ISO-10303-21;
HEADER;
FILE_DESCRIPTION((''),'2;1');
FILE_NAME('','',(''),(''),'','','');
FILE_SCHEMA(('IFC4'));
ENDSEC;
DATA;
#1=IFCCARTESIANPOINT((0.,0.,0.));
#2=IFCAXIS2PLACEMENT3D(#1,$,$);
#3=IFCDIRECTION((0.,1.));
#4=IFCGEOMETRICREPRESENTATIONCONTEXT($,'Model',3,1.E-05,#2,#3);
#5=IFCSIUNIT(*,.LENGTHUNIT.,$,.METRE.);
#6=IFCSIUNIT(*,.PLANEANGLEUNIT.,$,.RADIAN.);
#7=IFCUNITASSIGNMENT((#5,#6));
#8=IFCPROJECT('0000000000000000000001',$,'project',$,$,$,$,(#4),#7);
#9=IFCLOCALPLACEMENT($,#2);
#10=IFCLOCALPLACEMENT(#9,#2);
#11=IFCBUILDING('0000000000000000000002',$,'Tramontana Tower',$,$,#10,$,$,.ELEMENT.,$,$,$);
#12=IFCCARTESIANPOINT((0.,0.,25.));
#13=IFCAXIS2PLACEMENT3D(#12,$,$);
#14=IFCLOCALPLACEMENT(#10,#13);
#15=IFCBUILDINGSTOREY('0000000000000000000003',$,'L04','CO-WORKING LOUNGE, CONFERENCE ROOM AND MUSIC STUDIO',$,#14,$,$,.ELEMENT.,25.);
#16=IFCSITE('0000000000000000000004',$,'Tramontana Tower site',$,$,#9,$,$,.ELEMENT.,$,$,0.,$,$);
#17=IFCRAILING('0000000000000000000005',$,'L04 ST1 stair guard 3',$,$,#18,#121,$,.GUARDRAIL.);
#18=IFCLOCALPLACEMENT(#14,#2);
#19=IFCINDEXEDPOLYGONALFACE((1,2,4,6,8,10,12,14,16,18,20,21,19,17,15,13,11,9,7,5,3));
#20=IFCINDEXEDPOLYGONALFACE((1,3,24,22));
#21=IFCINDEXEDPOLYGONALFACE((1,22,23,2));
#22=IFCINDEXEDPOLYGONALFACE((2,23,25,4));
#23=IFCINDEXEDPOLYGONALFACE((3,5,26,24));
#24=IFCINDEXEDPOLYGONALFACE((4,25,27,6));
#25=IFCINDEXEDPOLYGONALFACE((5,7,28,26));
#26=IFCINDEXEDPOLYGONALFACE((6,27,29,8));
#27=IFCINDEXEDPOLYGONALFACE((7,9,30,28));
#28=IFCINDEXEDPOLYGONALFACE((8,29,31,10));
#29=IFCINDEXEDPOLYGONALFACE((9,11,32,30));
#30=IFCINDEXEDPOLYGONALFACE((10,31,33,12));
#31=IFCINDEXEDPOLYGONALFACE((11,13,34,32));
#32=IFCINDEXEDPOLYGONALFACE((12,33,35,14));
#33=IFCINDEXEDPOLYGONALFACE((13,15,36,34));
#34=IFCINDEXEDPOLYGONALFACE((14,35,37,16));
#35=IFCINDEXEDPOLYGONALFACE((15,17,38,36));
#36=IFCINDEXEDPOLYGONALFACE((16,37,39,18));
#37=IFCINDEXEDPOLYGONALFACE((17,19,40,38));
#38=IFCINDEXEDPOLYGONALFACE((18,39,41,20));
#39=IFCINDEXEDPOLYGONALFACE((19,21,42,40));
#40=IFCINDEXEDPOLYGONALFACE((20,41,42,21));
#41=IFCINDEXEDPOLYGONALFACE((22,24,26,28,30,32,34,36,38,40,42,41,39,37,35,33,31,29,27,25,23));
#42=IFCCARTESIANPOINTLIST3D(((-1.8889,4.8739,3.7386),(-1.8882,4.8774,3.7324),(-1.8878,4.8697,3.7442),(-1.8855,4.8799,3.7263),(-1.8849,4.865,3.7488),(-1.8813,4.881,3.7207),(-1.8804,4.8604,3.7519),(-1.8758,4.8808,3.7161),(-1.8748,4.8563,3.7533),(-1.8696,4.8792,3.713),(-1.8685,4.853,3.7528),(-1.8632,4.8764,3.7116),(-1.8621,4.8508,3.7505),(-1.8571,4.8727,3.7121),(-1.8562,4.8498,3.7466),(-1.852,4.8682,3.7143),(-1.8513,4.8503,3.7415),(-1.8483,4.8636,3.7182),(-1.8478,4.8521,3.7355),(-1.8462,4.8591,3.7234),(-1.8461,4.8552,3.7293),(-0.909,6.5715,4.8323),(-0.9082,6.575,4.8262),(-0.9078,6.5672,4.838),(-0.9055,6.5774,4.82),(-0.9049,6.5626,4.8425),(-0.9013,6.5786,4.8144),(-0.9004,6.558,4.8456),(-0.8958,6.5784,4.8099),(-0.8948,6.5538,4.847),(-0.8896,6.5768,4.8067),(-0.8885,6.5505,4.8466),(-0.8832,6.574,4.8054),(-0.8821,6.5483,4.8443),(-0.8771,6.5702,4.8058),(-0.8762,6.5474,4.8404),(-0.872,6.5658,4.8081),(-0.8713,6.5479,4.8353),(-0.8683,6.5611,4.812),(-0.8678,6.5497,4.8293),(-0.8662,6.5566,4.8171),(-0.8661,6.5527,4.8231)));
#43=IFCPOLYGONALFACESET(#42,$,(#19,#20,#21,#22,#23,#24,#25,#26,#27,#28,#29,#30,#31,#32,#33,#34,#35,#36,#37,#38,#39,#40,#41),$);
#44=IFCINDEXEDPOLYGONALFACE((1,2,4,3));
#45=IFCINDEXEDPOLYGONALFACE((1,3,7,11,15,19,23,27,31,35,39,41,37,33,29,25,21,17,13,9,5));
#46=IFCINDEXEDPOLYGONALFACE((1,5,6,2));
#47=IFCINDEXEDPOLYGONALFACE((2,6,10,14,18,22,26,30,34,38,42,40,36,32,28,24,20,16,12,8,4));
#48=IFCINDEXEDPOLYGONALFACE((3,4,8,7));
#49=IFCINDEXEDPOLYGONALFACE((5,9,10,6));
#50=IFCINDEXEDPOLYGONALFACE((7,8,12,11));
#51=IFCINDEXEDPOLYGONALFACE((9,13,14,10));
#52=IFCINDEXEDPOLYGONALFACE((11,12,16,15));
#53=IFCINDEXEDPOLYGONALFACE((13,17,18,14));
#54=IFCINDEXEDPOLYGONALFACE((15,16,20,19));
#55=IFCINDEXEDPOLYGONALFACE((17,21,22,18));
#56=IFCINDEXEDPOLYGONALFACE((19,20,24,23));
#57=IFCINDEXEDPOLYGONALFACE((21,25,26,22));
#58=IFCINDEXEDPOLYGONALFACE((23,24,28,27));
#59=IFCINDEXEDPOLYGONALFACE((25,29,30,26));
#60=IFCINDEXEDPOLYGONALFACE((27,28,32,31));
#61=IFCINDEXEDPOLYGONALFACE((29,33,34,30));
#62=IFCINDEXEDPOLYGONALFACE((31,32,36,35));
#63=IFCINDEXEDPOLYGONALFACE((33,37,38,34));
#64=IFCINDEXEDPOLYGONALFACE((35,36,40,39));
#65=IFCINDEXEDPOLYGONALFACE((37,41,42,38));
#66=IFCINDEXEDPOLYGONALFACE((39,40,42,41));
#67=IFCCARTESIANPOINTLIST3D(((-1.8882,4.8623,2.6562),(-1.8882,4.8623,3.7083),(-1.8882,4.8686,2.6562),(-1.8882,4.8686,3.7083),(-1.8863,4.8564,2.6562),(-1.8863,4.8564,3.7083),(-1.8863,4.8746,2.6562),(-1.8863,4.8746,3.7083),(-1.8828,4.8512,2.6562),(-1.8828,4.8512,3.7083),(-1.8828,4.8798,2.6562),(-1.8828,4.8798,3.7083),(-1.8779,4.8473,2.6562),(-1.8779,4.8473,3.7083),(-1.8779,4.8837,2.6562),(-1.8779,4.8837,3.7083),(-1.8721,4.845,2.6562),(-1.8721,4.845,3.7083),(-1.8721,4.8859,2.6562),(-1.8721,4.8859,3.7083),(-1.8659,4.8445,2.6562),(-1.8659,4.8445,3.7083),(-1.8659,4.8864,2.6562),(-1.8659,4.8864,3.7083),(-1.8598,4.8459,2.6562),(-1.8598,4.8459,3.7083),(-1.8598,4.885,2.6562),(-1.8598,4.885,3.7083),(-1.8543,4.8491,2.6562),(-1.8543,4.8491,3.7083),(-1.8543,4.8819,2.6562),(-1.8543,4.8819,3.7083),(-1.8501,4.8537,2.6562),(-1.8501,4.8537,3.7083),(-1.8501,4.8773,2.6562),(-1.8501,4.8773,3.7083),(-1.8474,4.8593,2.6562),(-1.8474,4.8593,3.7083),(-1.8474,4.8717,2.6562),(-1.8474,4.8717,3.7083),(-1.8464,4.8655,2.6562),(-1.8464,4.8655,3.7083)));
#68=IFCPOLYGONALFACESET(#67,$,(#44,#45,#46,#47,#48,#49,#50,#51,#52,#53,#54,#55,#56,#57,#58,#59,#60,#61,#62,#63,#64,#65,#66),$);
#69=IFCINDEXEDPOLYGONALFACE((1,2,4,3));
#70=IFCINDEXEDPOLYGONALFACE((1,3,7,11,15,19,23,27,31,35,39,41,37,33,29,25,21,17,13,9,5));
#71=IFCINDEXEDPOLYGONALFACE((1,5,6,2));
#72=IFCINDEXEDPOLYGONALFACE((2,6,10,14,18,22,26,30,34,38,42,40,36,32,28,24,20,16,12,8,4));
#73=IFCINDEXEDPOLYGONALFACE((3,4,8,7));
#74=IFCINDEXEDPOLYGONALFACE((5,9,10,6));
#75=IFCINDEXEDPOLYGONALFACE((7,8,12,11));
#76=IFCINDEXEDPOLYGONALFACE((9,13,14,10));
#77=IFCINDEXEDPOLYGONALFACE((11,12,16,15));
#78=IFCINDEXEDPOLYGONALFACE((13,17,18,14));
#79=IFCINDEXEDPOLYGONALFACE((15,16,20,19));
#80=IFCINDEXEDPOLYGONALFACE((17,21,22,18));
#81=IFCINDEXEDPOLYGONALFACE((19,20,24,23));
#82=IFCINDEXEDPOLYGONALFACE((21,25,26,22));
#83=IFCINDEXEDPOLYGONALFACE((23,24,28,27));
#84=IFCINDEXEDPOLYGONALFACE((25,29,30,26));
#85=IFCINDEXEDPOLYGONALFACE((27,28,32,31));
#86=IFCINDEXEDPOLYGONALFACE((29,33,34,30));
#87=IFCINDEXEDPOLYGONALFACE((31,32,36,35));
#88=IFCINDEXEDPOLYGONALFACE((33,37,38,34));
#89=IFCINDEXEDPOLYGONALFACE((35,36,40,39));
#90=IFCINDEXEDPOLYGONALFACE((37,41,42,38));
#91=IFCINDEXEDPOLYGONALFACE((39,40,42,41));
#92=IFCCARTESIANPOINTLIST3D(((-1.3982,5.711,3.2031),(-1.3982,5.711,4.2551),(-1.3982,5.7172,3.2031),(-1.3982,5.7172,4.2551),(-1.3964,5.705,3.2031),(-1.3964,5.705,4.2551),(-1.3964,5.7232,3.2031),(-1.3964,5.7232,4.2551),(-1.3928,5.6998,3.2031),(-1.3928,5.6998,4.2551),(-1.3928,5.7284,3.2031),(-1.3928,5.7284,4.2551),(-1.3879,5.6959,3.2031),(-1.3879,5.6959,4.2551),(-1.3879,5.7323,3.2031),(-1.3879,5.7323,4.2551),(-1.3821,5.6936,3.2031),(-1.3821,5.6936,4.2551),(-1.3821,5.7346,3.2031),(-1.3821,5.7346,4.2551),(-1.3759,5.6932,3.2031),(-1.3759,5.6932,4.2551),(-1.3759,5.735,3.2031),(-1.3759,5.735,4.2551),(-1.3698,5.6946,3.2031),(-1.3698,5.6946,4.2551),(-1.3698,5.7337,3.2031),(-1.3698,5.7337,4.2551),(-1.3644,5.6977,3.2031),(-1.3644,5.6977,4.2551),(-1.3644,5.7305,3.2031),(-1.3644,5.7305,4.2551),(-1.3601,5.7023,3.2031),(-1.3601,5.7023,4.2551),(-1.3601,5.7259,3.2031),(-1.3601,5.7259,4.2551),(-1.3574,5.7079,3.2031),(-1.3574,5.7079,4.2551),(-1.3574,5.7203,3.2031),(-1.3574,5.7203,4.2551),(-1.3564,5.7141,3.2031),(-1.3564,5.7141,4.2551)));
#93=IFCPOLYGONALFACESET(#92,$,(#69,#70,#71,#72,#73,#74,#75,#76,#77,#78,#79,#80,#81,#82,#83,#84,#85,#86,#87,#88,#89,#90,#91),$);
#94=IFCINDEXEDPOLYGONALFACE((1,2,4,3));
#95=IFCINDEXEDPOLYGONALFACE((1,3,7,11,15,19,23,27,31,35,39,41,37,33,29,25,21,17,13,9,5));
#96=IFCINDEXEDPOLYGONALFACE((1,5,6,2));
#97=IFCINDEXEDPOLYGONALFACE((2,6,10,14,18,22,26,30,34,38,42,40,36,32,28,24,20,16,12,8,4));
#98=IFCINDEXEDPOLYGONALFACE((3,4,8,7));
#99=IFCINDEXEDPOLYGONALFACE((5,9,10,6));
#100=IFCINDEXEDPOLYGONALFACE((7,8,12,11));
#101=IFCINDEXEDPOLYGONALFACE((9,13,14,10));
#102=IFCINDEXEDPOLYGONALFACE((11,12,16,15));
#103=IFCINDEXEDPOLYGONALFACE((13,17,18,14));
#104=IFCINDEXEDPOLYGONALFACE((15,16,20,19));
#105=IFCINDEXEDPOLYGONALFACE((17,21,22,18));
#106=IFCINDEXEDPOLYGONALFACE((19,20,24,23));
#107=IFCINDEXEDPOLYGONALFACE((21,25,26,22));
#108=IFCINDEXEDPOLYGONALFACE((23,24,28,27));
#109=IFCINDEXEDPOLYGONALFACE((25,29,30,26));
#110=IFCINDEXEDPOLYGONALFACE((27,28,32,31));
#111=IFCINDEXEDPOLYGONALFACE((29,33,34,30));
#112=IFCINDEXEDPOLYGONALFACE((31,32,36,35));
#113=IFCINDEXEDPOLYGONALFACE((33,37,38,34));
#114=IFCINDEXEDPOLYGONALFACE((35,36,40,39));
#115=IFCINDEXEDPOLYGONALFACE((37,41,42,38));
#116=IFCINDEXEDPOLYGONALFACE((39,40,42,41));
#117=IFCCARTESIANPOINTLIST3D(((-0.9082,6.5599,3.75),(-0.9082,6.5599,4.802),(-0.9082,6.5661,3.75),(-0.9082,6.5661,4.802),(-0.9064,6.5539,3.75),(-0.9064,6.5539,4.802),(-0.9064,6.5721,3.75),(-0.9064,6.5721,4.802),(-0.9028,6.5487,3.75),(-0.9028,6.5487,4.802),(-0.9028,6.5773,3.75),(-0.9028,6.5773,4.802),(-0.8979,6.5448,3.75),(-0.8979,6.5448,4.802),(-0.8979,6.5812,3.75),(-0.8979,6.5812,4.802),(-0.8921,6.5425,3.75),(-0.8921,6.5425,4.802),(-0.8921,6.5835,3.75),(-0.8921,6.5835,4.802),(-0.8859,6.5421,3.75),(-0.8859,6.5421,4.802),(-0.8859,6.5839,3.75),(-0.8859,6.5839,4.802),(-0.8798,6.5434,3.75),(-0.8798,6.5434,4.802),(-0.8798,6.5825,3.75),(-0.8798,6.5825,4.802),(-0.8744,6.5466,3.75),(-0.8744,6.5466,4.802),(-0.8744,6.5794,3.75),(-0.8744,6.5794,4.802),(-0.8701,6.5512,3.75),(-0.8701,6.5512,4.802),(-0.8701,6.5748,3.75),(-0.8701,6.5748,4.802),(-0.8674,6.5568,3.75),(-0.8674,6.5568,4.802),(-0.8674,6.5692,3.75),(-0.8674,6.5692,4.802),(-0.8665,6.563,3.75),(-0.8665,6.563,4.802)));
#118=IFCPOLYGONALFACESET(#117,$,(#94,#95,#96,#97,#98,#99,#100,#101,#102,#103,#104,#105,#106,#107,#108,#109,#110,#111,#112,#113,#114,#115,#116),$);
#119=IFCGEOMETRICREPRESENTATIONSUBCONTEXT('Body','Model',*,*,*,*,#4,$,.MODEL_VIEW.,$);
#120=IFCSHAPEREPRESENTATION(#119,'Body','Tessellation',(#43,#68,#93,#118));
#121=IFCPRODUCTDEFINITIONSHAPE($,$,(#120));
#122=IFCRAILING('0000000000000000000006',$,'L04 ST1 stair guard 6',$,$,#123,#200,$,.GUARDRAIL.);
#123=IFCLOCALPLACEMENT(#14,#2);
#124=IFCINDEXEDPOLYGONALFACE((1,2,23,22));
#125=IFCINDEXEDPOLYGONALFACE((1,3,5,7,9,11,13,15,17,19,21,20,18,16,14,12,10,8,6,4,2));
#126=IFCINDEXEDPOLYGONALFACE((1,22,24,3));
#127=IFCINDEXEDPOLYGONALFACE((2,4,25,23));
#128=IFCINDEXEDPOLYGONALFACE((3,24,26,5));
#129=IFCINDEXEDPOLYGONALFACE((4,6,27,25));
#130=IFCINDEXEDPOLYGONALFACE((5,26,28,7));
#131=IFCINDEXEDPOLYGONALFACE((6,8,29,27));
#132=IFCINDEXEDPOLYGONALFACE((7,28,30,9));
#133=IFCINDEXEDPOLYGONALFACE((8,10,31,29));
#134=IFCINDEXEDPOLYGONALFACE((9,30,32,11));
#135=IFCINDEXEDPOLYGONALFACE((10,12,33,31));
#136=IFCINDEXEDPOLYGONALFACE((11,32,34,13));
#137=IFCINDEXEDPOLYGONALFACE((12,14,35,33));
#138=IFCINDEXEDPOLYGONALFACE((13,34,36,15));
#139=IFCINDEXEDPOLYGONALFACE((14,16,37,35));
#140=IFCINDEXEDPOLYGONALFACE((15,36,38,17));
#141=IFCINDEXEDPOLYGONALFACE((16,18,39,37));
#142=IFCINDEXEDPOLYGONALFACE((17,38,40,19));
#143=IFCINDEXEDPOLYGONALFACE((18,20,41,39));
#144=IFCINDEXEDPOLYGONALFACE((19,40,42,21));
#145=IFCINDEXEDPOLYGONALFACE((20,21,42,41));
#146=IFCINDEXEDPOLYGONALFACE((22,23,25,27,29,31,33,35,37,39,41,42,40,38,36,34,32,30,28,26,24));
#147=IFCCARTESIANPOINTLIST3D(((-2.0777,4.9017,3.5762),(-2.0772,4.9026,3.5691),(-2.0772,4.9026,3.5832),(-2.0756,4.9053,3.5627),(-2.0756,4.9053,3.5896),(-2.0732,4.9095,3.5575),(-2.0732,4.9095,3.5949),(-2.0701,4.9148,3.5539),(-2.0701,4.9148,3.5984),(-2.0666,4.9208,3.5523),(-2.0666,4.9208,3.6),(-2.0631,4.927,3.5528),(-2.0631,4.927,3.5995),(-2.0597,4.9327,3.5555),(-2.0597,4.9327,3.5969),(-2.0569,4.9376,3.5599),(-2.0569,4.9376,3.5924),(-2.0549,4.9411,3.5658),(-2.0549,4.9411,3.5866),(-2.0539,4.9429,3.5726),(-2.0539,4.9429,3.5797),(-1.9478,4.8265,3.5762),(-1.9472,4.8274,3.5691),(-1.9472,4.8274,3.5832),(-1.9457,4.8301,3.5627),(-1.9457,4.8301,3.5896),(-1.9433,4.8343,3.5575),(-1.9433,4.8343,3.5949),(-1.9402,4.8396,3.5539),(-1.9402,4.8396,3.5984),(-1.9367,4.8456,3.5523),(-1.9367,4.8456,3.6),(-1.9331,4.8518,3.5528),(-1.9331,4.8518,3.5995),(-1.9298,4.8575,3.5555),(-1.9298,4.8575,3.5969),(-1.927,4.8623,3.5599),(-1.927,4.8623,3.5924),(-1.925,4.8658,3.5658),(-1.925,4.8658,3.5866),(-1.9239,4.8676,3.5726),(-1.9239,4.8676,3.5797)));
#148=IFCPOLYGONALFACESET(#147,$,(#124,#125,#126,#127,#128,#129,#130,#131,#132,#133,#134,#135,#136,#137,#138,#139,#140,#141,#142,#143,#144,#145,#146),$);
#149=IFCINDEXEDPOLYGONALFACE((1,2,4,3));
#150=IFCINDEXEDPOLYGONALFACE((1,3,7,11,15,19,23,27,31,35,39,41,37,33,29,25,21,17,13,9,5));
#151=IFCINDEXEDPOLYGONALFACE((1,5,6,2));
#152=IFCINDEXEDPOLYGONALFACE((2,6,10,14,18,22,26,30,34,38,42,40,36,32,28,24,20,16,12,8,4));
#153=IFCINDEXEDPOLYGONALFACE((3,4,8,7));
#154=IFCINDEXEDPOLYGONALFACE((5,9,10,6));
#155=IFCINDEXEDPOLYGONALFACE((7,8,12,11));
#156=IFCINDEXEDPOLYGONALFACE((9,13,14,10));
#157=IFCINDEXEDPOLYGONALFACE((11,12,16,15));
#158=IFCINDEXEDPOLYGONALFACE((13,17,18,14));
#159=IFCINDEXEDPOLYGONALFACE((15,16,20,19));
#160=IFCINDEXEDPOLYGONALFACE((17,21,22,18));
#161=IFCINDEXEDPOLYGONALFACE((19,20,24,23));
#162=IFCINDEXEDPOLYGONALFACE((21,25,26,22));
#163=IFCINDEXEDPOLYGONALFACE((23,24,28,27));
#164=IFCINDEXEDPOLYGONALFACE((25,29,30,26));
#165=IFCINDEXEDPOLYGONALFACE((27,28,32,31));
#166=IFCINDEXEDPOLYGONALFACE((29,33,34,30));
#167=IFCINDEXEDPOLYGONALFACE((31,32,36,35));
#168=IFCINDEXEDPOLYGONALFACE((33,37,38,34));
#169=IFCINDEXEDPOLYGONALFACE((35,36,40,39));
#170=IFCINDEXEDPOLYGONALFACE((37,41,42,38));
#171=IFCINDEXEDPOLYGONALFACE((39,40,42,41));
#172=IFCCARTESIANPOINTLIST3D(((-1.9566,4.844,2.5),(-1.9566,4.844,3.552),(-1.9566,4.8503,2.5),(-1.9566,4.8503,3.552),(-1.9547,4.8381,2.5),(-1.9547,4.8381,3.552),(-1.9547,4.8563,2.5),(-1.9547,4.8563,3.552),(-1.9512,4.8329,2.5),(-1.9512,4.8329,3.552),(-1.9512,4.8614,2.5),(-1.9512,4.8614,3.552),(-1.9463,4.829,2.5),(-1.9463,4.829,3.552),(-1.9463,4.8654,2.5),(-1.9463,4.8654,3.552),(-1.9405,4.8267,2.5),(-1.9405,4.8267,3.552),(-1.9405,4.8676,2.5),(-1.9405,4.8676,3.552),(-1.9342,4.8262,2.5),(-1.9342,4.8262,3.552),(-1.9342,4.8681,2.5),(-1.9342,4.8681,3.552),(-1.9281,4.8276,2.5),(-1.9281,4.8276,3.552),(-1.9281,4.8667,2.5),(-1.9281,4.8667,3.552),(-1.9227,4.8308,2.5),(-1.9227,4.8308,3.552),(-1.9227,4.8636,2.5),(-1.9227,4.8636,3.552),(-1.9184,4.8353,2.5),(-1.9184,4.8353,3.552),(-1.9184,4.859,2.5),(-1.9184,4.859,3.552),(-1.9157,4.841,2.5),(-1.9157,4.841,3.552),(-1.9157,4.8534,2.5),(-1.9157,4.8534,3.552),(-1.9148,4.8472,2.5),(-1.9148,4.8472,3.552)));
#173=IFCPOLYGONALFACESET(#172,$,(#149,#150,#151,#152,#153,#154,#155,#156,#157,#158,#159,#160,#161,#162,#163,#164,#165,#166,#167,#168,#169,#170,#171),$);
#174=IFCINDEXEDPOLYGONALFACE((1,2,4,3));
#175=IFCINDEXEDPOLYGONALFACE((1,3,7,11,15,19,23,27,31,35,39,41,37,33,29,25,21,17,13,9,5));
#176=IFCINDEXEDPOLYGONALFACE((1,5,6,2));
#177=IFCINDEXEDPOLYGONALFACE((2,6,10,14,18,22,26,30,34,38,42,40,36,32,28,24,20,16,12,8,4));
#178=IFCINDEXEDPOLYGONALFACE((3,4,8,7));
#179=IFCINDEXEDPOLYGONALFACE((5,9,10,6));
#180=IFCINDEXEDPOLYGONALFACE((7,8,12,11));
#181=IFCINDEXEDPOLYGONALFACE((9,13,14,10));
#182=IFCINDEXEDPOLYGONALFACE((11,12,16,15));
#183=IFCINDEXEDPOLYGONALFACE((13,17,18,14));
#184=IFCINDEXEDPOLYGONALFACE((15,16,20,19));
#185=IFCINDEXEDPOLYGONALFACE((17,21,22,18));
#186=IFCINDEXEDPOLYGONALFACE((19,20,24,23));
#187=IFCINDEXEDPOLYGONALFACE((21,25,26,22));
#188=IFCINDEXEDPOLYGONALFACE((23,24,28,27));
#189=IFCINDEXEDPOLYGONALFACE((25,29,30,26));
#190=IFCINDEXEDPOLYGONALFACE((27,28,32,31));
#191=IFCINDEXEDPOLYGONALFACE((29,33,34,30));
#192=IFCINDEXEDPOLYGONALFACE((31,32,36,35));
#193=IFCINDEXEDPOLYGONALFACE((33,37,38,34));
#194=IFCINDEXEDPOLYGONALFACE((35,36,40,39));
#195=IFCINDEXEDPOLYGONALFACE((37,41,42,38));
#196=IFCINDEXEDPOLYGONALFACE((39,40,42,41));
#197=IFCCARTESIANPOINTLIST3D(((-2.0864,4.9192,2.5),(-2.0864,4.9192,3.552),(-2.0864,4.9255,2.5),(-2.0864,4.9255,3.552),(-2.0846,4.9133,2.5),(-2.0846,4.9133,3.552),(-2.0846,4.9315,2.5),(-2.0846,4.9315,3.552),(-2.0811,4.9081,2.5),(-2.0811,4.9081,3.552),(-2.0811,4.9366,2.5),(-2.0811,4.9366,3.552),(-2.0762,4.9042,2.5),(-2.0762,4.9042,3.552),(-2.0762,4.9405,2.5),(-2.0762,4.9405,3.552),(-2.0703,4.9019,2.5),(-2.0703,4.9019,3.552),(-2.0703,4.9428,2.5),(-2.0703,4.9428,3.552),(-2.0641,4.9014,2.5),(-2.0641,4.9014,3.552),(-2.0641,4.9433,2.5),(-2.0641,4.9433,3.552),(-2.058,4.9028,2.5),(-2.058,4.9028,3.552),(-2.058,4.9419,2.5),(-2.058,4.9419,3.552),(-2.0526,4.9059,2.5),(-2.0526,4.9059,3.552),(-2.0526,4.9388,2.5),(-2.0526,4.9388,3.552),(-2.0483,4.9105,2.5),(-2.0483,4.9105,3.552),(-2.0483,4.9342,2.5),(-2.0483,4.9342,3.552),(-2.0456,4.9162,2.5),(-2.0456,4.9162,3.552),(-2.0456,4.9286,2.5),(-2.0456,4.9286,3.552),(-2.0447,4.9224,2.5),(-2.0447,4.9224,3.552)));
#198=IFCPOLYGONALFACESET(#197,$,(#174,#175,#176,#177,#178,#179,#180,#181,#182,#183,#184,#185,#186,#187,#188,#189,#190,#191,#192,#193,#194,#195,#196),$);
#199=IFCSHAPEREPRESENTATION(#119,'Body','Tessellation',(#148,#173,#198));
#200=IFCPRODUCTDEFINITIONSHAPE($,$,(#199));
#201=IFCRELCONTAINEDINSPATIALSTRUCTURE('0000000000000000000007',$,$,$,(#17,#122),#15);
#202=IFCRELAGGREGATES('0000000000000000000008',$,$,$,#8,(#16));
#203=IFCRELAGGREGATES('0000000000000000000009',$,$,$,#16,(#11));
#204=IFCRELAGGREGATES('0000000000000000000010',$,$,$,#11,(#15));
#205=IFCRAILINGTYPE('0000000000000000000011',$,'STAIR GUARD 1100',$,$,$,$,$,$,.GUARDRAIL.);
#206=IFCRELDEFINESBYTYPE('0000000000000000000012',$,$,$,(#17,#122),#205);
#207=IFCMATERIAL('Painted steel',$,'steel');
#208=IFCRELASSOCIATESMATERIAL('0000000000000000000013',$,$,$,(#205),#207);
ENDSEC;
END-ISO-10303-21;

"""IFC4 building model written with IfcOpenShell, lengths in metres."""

from ifc_helpers import new_model, si_unit, direction, frame, origin, origin_2d, place, context, subcontext, project, spatial, circle, extrude, material, type_object, element, save


model = new_model("IFC4")

# Units and contexts
model_context = context("Model", 3, precision=1e-05, world=origin(), true_north=direction((0.0, 1.0)))
body_context = subcontext(model_context, "Body", "Model", "MODEL_VIEW")
ifc_project = project(units=[si_unit("LENGTHUNIT", "METRE"), si_unit("PLANEANGLEUNIT", "RADIAN")], contexts=[model_context])

# Site, building, storey
site_placement = place(None, origin())
site = spatial("IfcSite", under=ifc_project, at=site_placement, Name="Tramontana Tower site", CompositionType="ELEMENT", RefElevation=0.0)
building_placement = place(site_placement, origin())
building = spatial("IfcBuilding", under=site, at=building_placement, Name="Tramontana Tower", CompositionType="ELEMENT")
storey_placement = place(building_placement, frame((0.0, 0.0, 25.0)))
storey = spatial("IfcBuildingStorey", under=building, at=storey_placement, Name="L04", Description="CO-WORKING LOUNGE, CONFERENCE ROOM AND MUSIC STUDIO", CompositionType="ELEMENT", Elevation=25.0)

# Railings
ifc_material_1 = material(Name="Painted steel", Category="steel")
railing_type_1 = type_object("IfcRailingType", Name="STAIR GUARD 1100", PredefinedType="GUARDRAIL", material=ifc_material_1)
for number, where, name in (
    (1, (-1.8674, 4.8655, 2.6562), "L04 ST1 stair guard 3"),
):
    element("IfcRailing", number, at=place(storey_placement, frame(where)), inside=storey, type_object=railing_type_1, Name=name, PredefinedType="GUARDRAIL", context=body_context, shape_type="SweptSolid", body=[
        extrude(circle(Radius=0.0239, at=origin_2d()), frame((0.0, 0.0, 1.0762), z_axis=(0.436596, 0.756267, 0.487282), x_axis=(-0.866042, 0.49997, 0.0)), (0.0, 0.0, 1.0), 2.2446),
        extrude(circle(Radius=0.021, at=origin_2d()), origin(), (0.0, 0.0, 1.0), 1.052),
        extrude(circle(Radius=0.021, at=origin_2d()), frame((0.49, 0.8486, 0.5469)), (0.0, 0.0, 1.0), 1.052),
        extrude(circle(Radius=0.021, at=origin_2d()), frame((0.98, 1.6975, 1.0938)), (0.0, 0.0, 1.0), 1.052),
    ])
for number, where, name in (
    (2, (-1.9358, 4.8472, 2.5), "L04 ST1 stair guard 6"),
):
    element("IfcRailing", number, at=place(storey_placement, frame(where)), inside=storey, type_object=railing_type_1, Name=name, PredefinedType="GUARDRAIL", context=body_context, shape_type="SweptSolid", body=[
        extrude(circle(Radius=0.0239, at=origin_2d()), frame((0.0, 0.0, 1.0762), z_axis=(-0.865426, 0.501036, 0.0), x_axis=(-0.501036, -0.865426, 0.0)), (0.0, 0.0, 1.0), 0.1501),
        extrude(circle(Radius=0.021, at=origin_2d()), origin(), (0.0, 0.0, 1.0), 1.052),
        extrude(circle(Radius=0.021, at=origin_2d()), frame((-0.1299, 0.0752, 0.0)), (0.0, 0.0, 1.0), 1.052),
    ])

save(model, "model.ifc")
